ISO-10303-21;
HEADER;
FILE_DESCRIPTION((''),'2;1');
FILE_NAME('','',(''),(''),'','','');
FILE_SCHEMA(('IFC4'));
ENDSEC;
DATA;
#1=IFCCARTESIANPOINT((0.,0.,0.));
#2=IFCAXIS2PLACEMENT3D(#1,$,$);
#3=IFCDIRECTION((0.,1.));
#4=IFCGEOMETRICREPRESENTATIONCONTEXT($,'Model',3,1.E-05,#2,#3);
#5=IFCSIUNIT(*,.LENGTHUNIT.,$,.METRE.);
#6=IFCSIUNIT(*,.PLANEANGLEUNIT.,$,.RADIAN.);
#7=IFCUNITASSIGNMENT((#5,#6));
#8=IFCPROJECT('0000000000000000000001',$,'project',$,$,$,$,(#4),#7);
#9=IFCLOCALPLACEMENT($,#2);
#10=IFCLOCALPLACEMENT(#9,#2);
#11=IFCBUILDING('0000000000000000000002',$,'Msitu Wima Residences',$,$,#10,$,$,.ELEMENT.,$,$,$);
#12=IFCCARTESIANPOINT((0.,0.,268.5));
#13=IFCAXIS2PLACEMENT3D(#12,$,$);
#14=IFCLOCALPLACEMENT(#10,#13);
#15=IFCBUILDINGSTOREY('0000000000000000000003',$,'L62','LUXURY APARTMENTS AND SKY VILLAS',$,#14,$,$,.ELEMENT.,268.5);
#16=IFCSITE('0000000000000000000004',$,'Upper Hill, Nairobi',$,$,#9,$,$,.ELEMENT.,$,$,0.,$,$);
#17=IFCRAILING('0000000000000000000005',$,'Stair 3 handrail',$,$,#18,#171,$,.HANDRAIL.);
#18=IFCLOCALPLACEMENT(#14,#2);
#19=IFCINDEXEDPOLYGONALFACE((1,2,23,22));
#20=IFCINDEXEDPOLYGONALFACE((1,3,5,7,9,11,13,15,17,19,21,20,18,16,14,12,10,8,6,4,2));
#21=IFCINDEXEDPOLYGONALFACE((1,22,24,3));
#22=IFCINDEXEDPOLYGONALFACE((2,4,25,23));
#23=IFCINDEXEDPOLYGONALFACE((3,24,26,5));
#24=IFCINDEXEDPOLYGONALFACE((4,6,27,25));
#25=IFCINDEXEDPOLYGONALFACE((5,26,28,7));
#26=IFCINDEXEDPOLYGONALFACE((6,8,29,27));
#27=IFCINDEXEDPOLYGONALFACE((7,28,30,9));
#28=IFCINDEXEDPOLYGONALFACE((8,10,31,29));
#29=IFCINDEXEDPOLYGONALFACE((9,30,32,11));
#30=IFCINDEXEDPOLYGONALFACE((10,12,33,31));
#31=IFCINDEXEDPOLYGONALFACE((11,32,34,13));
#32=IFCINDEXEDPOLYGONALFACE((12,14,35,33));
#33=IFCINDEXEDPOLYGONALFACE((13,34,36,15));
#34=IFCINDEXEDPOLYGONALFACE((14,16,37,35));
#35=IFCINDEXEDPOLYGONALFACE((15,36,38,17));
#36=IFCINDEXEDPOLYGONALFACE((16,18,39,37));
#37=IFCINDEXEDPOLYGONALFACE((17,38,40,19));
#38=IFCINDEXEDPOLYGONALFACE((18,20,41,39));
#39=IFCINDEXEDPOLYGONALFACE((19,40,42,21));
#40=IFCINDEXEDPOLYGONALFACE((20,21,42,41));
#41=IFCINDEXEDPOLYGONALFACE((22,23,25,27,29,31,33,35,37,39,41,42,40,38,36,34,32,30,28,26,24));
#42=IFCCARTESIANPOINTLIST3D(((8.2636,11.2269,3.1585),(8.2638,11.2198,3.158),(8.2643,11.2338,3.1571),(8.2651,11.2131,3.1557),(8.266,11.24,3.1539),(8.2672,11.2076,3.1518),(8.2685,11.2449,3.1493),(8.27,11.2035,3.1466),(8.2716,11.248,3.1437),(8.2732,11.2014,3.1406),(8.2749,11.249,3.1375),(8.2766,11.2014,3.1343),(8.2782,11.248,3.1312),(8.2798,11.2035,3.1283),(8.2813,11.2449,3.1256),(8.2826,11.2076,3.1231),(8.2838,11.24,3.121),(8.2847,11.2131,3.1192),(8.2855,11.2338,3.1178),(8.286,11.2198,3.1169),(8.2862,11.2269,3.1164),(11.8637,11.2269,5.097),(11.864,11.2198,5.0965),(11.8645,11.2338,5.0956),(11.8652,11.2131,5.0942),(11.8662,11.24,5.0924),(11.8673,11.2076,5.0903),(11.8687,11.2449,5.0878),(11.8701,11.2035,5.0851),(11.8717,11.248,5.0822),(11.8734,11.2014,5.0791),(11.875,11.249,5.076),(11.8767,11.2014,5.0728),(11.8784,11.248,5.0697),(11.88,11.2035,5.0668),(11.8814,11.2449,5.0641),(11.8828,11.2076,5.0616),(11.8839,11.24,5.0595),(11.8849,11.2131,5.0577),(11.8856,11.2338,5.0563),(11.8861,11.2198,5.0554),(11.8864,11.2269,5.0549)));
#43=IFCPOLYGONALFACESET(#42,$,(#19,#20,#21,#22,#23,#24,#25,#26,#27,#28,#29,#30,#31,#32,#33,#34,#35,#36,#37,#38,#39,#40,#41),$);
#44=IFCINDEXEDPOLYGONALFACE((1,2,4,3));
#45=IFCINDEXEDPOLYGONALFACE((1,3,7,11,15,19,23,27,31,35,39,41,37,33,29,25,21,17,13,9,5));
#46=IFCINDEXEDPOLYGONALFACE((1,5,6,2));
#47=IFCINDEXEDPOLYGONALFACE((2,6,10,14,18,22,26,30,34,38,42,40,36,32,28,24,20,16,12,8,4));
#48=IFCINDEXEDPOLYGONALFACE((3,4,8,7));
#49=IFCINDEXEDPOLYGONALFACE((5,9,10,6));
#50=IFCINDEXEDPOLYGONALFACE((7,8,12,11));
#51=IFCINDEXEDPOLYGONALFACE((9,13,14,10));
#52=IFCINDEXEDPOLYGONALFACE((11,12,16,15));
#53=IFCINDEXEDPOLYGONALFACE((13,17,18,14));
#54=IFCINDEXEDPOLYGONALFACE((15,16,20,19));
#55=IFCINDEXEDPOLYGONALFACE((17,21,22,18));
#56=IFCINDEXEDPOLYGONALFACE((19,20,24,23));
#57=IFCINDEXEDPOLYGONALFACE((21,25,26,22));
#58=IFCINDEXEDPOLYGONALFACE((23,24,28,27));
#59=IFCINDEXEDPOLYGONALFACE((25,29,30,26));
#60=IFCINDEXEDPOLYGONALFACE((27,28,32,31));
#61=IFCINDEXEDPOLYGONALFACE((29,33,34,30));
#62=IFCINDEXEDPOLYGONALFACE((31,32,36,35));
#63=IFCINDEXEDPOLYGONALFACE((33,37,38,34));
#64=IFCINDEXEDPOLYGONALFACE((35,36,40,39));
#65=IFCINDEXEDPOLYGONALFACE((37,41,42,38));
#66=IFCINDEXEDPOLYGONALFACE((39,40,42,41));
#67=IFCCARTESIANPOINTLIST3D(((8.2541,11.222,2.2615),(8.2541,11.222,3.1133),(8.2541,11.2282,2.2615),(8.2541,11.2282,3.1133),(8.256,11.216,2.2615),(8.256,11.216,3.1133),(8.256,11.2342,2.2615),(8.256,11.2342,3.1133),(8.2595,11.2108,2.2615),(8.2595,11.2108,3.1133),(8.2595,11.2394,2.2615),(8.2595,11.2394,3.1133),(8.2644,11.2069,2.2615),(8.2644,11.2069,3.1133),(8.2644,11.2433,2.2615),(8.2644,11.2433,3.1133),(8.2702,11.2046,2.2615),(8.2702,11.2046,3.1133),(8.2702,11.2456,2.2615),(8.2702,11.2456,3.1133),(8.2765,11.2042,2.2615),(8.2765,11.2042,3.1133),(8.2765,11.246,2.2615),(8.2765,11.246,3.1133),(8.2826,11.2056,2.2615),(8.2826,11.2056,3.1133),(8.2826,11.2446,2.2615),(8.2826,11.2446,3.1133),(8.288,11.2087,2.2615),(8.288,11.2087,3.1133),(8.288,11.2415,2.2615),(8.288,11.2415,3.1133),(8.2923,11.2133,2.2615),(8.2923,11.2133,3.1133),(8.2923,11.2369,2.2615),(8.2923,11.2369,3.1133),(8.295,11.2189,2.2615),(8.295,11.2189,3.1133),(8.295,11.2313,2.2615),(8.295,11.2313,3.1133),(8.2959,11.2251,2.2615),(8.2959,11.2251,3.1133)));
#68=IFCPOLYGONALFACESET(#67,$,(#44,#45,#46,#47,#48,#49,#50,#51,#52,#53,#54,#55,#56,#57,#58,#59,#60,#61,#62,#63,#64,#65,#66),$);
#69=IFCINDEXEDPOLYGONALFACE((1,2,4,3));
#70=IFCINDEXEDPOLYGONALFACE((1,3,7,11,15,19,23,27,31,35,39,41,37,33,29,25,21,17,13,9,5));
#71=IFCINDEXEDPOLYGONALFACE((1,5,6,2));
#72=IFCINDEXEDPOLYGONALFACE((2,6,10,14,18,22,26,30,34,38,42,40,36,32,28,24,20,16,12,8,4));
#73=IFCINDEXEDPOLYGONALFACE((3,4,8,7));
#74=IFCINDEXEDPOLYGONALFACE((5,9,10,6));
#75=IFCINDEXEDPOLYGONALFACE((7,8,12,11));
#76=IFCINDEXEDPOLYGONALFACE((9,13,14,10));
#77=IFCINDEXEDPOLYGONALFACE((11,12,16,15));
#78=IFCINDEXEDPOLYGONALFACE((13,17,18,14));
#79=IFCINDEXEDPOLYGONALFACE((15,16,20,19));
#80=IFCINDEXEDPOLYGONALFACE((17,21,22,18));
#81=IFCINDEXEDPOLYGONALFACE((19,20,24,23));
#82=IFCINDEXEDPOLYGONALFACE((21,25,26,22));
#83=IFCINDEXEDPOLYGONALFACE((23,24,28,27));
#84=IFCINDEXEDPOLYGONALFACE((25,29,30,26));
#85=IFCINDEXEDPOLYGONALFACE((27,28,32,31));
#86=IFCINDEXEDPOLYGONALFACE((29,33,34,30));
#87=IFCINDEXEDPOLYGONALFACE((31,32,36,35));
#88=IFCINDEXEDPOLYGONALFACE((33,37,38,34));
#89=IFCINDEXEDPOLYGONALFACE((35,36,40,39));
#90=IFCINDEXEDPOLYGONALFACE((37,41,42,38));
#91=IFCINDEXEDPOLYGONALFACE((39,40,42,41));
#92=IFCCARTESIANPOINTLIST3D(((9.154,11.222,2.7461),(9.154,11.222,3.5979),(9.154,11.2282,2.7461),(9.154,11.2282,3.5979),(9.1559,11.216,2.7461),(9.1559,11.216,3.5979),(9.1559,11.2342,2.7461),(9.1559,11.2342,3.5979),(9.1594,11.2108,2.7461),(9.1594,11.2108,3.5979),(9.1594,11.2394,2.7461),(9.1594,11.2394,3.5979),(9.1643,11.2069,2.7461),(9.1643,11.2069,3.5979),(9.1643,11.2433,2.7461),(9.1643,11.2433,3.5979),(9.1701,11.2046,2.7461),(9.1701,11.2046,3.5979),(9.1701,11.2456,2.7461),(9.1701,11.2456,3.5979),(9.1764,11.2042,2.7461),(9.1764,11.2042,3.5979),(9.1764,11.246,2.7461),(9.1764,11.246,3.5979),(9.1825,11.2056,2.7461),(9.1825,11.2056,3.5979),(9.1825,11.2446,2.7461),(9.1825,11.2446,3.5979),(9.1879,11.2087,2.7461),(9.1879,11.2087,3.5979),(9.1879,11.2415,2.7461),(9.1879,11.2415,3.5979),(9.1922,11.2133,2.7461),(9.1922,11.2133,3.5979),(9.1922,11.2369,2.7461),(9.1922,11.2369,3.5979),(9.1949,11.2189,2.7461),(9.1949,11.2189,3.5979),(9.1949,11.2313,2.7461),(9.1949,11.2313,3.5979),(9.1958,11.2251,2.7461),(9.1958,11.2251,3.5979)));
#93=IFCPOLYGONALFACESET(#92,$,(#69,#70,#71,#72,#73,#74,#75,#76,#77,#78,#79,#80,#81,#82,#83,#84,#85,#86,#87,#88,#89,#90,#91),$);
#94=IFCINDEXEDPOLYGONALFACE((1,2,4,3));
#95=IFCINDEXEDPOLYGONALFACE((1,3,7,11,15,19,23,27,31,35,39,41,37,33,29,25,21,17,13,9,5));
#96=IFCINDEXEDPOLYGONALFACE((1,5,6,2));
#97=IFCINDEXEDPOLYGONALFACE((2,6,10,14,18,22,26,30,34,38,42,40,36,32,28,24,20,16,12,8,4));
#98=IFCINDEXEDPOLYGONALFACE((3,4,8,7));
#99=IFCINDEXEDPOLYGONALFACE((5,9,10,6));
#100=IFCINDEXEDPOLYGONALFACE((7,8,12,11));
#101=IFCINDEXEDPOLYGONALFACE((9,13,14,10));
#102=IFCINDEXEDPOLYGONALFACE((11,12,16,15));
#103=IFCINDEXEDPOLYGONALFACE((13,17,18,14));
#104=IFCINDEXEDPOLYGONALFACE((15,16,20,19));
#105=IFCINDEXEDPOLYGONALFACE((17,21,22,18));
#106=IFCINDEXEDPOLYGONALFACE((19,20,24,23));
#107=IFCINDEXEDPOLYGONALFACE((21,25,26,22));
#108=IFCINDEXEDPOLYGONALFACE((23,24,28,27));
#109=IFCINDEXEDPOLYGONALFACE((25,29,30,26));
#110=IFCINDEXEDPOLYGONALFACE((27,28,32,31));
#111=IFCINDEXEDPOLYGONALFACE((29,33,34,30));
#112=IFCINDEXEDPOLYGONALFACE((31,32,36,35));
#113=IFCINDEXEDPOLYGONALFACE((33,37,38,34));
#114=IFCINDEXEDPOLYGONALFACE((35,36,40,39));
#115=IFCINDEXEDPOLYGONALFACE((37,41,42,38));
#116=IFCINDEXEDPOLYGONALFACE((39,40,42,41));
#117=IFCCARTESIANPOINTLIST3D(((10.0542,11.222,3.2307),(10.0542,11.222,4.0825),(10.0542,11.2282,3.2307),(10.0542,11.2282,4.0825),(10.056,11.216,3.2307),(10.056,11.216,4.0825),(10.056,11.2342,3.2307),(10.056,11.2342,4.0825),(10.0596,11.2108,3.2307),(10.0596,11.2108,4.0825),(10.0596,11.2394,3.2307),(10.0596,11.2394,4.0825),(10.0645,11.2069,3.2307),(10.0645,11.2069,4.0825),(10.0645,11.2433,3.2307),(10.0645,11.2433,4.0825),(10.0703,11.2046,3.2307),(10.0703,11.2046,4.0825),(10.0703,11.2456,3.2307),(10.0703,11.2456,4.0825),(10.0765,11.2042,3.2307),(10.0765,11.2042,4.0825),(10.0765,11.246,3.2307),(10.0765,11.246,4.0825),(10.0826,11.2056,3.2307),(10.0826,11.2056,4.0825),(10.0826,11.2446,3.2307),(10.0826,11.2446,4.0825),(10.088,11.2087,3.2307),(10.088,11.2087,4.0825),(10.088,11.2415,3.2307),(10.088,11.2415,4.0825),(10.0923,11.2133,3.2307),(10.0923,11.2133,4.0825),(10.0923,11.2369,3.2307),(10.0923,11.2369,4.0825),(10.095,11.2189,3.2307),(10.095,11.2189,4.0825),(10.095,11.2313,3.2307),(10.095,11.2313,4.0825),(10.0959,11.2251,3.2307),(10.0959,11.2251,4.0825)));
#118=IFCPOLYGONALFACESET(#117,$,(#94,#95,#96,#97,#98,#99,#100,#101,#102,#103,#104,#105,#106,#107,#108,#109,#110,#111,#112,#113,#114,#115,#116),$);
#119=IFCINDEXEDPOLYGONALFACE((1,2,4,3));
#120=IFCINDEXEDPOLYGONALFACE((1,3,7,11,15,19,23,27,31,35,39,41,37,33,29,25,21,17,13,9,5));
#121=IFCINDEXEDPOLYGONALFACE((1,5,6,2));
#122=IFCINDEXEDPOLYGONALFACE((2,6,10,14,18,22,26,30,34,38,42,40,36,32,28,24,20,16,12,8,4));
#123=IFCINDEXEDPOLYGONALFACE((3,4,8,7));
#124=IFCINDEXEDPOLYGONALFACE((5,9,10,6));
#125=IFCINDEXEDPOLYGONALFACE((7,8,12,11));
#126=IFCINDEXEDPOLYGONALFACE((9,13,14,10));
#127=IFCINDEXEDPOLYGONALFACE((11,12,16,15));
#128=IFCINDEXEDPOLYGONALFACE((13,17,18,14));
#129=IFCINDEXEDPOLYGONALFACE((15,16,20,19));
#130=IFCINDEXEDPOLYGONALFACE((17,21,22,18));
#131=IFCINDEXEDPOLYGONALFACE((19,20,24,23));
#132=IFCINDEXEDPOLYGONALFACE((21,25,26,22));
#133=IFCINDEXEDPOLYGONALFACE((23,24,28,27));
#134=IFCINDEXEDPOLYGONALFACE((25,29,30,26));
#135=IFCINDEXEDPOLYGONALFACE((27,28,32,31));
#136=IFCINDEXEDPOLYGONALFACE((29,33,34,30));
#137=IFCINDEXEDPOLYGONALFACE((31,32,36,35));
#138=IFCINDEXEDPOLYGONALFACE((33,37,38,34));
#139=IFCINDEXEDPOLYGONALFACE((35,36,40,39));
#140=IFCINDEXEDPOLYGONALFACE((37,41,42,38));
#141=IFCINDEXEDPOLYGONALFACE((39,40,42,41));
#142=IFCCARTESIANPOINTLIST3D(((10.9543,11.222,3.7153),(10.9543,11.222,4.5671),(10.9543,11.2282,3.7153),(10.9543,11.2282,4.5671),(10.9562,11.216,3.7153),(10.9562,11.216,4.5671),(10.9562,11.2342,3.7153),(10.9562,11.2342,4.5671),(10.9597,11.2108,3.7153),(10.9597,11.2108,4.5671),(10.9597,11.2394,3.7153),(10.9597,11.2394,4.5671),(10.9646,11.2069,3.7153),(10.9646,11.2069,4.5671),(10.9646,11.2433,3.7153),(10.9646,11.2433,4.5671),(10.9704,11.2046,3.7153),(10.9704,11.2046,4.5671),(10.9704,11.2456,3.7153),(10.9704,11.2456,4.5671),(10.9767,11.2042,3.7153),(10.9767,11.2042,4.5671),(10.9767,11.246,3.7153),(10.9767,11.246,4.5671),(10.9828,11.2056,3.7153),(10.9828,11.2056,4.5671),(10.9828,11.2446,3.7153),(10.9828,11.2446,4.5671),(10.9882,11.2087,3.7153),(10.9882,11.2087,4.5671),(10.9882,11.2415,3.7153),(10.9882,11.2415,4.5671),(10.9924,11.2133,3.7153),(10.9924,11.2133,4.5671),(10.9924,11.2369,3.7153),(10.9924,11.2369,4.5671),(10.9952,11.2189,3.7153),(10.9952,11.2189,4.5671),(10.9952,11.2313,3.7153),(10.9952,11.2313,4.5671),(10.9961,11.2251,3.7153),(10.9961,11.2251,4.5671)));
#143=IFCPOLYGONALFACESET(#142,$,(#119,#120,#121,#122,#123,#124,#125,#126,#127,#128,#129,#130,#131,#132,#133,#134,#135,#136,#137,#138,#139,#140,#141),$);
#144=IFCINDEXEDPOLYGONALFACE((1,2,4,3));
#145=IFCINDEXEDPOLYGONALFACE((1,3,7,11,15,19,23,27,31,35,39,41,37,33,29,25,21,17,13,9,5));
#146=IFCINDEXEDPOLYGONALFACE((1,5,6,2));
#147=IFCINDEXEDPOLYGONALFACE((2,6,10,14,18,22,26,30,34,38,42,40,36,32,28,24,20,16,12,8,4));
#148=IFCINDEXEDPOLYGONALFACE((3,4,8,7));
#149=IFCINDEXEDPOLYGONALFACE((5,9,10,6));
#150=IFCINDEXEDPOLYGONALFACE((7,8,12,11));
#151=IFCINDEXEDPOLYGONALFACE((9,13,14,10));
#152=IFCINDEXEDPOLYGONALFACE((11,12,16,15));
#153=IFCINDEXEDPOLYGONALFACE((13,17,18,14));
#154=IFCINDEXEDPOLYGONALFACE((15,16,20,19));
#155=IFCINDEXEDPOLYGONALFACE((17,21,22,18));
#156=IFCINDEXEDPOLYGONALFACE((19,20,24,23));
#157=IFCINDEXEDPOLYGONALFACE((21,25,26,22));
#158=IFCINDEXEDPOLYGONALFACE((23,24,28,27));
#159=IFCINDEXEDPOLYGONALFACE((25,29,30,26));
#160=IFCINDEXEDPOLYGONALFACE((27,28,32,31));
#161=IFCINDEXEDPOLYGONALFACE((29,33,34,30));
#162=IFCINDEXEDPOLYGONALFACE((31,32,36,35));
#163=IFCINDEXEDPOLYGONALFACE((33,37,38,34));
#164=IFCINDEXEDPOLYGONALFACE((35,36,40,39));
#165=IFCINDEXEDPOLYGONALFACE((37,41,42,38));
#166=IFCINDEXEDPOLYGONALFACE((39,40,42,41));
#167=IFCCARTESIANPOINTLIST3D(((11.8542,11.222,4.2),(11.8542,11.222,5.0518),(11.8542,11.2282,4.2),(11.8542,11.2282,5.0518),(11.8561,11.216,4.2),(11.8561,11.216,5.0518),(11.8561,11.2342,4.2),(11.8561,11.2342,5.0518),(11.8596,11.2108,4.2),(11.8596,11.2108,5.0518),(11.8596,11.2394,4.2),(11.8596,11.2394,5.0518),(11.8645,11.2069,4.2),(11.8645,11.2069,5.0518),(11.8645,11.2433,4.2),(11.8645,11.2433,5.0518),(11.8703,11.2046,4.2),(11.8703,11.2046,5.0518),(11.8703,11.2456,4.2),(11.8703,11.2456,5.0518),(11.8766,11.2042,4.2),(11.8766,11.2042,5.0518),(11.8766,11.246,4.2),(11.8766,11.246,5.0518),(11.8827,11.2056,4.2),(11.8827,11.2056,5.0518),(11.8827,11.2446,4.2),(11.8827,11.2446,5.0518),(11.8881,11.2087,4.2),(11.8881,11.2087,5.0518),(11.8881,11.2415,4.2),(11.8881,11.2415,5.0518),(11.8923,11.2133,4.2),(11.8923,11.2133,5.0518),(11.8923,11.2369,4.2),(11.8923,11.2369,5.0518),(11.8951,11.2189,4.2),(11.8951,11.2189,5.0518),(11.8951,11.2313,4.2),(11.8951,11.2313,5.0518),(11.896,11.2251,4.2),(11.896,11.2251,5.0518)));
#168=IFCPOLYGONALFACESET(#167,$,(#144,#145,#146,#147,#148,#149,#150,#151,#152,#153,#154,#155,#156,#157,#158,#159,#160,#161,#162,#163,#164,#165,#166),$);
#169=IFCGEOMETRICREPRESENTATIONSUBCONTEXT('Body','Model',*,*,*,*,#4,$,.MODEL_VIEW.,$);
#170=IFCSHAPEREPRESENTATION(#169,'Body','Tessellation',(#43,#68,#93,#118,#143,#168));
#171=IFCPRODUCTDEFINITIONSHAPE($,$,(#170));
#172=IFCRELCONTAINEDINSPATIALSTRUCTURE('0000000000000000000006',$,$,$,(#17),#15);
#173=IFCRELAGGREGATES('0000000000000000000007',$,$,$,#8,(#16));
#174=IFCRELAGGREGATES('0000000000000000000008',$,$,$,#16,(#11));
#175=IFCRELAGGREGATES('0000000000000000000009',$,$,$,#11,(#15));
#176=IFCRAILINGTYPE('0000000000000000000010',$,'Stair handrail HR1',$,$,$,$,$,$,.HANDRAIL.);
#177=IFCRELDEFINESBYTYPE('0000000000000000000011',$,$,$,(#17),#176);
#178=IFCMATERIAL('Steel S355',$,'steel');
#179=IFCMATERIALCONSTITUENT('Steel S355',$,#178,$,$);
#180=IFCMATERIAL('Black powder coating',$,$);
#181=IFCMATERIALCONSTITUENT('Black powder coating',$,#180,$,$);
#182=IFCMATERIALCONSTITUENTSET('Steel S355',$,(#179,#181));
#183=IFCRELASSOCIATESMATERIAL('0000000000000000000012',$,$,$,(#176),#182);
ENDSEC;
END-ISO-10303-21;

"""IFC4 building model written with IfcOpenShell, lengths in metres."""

from ifc_helpers import new_model, si_unit, direction, frame, origin, origin_2d, place, context, subcontext, project, spatial, circle, extrude, material, constituent, constituent_set, type_object, element, save


model = new_model("IFC4")

# Units and contexts
model_context = context("Model", 3, precision=1e-05, world=origin(), true_north=direction((0.0, 1.0)))
body_context = subcontext(model_context, "Body", "Model", "MODEL_VIEW")
ifc_project = project(units=[si_unit("LENGTHUNIT", "METRE"), si_unit("PLANEANGLEUNIT", "RADIAN")], contexts=[model_context])

# Site, building, storey
site_placement = place(None, origin())
site = spatial("IfcSite", under=ifc_project, at=site_placement, Name="Upper Hill, Nairobi", CompositionType="ELEMENT", RefElevation=0.0)
building_placement = place(site_placement, origin())
building = spatial("IfcBuilding", under=site, at=building_placement, Name="Msitu Wima Residences", CompositionType="ELEMENT")
storey_placement = place(building_placement, frame((0.0, 0.0, 268.5)))
storey = spatial("IfcBuildingStorey", under=building, at=storey_placement, Name="L62", Description="LUXURY APARTMENTS AND SKY VILLAS", CompositionType="ELEMENT", Elevation=268.5)

# Railing
ifc_material_1 = material(Name="Steel S355", Category="steel")
ifc_constituent_1 = constituent(ifc_material_1, Name="Steel S355")
ifc_material_2 = material(Name="Black powder coating")
ifc_constituent_2 = constituent(ifc_material_2, Name="Black powder coating")
ifc_constituent_set = constituent_set(constituents=[ifc_constituent_1, ifc_constituent_2], Name="Steel S355")
railing_type = type_object("IfcRailingType", Name="Stair handrail HR1", PredefinedType="HANDRAIL", material=ifc_constituent_set)
railing_placement = place(storey_placement, frame((8.2749, 11.2251, 2.2615)))
element("IfcRailing", 1, at=railing_placement, inside=storey, type_object=railing_type, Name="Stair 3 handrail", PredefinedType="HANDRAIL", context=body_context, shape_type="SweptSolid", body=[
    extrude(circle(Radius=0.0239, at=origin_2d()), frame((0.0, 0.0, 0.876), z_axis=(0.880475, 0.0, 0.474093), x_axis=(0.0, 1.0, 0.0)), (0.0, 0.0, 1.0), 4.0889),
    extrude(circle(Radius=0.021, at=origin_2d()), origin(), (0.0, 0.0, 1.0), 0.8518),
    extrude(circle(Radius=0.021, at=origin_2d()), frame((0.8999, 0.0, 0.4846)), (0.0, 0.0, 1.0), 0.8518),
    extrude(circle(Radius=0.021, at=origin_2d()), frame((1.8, 0.0, 0.9692)), (0.0, 0.0, 1.0), 0.8518),
    extrude(circle(Radius=0.021, at=origin_2d()), frame((2.7002, 0.0, 1.4539)), (0.0, 0.0, 1.0), 0.8518),
    extrude(circle(Radius=0.021, at=origin_2d()), frame((3.6001, 0.0, 1.9385)), (0.0, 0.0, 1.0), 0.8518),
])

save(model, "model.ifc")
